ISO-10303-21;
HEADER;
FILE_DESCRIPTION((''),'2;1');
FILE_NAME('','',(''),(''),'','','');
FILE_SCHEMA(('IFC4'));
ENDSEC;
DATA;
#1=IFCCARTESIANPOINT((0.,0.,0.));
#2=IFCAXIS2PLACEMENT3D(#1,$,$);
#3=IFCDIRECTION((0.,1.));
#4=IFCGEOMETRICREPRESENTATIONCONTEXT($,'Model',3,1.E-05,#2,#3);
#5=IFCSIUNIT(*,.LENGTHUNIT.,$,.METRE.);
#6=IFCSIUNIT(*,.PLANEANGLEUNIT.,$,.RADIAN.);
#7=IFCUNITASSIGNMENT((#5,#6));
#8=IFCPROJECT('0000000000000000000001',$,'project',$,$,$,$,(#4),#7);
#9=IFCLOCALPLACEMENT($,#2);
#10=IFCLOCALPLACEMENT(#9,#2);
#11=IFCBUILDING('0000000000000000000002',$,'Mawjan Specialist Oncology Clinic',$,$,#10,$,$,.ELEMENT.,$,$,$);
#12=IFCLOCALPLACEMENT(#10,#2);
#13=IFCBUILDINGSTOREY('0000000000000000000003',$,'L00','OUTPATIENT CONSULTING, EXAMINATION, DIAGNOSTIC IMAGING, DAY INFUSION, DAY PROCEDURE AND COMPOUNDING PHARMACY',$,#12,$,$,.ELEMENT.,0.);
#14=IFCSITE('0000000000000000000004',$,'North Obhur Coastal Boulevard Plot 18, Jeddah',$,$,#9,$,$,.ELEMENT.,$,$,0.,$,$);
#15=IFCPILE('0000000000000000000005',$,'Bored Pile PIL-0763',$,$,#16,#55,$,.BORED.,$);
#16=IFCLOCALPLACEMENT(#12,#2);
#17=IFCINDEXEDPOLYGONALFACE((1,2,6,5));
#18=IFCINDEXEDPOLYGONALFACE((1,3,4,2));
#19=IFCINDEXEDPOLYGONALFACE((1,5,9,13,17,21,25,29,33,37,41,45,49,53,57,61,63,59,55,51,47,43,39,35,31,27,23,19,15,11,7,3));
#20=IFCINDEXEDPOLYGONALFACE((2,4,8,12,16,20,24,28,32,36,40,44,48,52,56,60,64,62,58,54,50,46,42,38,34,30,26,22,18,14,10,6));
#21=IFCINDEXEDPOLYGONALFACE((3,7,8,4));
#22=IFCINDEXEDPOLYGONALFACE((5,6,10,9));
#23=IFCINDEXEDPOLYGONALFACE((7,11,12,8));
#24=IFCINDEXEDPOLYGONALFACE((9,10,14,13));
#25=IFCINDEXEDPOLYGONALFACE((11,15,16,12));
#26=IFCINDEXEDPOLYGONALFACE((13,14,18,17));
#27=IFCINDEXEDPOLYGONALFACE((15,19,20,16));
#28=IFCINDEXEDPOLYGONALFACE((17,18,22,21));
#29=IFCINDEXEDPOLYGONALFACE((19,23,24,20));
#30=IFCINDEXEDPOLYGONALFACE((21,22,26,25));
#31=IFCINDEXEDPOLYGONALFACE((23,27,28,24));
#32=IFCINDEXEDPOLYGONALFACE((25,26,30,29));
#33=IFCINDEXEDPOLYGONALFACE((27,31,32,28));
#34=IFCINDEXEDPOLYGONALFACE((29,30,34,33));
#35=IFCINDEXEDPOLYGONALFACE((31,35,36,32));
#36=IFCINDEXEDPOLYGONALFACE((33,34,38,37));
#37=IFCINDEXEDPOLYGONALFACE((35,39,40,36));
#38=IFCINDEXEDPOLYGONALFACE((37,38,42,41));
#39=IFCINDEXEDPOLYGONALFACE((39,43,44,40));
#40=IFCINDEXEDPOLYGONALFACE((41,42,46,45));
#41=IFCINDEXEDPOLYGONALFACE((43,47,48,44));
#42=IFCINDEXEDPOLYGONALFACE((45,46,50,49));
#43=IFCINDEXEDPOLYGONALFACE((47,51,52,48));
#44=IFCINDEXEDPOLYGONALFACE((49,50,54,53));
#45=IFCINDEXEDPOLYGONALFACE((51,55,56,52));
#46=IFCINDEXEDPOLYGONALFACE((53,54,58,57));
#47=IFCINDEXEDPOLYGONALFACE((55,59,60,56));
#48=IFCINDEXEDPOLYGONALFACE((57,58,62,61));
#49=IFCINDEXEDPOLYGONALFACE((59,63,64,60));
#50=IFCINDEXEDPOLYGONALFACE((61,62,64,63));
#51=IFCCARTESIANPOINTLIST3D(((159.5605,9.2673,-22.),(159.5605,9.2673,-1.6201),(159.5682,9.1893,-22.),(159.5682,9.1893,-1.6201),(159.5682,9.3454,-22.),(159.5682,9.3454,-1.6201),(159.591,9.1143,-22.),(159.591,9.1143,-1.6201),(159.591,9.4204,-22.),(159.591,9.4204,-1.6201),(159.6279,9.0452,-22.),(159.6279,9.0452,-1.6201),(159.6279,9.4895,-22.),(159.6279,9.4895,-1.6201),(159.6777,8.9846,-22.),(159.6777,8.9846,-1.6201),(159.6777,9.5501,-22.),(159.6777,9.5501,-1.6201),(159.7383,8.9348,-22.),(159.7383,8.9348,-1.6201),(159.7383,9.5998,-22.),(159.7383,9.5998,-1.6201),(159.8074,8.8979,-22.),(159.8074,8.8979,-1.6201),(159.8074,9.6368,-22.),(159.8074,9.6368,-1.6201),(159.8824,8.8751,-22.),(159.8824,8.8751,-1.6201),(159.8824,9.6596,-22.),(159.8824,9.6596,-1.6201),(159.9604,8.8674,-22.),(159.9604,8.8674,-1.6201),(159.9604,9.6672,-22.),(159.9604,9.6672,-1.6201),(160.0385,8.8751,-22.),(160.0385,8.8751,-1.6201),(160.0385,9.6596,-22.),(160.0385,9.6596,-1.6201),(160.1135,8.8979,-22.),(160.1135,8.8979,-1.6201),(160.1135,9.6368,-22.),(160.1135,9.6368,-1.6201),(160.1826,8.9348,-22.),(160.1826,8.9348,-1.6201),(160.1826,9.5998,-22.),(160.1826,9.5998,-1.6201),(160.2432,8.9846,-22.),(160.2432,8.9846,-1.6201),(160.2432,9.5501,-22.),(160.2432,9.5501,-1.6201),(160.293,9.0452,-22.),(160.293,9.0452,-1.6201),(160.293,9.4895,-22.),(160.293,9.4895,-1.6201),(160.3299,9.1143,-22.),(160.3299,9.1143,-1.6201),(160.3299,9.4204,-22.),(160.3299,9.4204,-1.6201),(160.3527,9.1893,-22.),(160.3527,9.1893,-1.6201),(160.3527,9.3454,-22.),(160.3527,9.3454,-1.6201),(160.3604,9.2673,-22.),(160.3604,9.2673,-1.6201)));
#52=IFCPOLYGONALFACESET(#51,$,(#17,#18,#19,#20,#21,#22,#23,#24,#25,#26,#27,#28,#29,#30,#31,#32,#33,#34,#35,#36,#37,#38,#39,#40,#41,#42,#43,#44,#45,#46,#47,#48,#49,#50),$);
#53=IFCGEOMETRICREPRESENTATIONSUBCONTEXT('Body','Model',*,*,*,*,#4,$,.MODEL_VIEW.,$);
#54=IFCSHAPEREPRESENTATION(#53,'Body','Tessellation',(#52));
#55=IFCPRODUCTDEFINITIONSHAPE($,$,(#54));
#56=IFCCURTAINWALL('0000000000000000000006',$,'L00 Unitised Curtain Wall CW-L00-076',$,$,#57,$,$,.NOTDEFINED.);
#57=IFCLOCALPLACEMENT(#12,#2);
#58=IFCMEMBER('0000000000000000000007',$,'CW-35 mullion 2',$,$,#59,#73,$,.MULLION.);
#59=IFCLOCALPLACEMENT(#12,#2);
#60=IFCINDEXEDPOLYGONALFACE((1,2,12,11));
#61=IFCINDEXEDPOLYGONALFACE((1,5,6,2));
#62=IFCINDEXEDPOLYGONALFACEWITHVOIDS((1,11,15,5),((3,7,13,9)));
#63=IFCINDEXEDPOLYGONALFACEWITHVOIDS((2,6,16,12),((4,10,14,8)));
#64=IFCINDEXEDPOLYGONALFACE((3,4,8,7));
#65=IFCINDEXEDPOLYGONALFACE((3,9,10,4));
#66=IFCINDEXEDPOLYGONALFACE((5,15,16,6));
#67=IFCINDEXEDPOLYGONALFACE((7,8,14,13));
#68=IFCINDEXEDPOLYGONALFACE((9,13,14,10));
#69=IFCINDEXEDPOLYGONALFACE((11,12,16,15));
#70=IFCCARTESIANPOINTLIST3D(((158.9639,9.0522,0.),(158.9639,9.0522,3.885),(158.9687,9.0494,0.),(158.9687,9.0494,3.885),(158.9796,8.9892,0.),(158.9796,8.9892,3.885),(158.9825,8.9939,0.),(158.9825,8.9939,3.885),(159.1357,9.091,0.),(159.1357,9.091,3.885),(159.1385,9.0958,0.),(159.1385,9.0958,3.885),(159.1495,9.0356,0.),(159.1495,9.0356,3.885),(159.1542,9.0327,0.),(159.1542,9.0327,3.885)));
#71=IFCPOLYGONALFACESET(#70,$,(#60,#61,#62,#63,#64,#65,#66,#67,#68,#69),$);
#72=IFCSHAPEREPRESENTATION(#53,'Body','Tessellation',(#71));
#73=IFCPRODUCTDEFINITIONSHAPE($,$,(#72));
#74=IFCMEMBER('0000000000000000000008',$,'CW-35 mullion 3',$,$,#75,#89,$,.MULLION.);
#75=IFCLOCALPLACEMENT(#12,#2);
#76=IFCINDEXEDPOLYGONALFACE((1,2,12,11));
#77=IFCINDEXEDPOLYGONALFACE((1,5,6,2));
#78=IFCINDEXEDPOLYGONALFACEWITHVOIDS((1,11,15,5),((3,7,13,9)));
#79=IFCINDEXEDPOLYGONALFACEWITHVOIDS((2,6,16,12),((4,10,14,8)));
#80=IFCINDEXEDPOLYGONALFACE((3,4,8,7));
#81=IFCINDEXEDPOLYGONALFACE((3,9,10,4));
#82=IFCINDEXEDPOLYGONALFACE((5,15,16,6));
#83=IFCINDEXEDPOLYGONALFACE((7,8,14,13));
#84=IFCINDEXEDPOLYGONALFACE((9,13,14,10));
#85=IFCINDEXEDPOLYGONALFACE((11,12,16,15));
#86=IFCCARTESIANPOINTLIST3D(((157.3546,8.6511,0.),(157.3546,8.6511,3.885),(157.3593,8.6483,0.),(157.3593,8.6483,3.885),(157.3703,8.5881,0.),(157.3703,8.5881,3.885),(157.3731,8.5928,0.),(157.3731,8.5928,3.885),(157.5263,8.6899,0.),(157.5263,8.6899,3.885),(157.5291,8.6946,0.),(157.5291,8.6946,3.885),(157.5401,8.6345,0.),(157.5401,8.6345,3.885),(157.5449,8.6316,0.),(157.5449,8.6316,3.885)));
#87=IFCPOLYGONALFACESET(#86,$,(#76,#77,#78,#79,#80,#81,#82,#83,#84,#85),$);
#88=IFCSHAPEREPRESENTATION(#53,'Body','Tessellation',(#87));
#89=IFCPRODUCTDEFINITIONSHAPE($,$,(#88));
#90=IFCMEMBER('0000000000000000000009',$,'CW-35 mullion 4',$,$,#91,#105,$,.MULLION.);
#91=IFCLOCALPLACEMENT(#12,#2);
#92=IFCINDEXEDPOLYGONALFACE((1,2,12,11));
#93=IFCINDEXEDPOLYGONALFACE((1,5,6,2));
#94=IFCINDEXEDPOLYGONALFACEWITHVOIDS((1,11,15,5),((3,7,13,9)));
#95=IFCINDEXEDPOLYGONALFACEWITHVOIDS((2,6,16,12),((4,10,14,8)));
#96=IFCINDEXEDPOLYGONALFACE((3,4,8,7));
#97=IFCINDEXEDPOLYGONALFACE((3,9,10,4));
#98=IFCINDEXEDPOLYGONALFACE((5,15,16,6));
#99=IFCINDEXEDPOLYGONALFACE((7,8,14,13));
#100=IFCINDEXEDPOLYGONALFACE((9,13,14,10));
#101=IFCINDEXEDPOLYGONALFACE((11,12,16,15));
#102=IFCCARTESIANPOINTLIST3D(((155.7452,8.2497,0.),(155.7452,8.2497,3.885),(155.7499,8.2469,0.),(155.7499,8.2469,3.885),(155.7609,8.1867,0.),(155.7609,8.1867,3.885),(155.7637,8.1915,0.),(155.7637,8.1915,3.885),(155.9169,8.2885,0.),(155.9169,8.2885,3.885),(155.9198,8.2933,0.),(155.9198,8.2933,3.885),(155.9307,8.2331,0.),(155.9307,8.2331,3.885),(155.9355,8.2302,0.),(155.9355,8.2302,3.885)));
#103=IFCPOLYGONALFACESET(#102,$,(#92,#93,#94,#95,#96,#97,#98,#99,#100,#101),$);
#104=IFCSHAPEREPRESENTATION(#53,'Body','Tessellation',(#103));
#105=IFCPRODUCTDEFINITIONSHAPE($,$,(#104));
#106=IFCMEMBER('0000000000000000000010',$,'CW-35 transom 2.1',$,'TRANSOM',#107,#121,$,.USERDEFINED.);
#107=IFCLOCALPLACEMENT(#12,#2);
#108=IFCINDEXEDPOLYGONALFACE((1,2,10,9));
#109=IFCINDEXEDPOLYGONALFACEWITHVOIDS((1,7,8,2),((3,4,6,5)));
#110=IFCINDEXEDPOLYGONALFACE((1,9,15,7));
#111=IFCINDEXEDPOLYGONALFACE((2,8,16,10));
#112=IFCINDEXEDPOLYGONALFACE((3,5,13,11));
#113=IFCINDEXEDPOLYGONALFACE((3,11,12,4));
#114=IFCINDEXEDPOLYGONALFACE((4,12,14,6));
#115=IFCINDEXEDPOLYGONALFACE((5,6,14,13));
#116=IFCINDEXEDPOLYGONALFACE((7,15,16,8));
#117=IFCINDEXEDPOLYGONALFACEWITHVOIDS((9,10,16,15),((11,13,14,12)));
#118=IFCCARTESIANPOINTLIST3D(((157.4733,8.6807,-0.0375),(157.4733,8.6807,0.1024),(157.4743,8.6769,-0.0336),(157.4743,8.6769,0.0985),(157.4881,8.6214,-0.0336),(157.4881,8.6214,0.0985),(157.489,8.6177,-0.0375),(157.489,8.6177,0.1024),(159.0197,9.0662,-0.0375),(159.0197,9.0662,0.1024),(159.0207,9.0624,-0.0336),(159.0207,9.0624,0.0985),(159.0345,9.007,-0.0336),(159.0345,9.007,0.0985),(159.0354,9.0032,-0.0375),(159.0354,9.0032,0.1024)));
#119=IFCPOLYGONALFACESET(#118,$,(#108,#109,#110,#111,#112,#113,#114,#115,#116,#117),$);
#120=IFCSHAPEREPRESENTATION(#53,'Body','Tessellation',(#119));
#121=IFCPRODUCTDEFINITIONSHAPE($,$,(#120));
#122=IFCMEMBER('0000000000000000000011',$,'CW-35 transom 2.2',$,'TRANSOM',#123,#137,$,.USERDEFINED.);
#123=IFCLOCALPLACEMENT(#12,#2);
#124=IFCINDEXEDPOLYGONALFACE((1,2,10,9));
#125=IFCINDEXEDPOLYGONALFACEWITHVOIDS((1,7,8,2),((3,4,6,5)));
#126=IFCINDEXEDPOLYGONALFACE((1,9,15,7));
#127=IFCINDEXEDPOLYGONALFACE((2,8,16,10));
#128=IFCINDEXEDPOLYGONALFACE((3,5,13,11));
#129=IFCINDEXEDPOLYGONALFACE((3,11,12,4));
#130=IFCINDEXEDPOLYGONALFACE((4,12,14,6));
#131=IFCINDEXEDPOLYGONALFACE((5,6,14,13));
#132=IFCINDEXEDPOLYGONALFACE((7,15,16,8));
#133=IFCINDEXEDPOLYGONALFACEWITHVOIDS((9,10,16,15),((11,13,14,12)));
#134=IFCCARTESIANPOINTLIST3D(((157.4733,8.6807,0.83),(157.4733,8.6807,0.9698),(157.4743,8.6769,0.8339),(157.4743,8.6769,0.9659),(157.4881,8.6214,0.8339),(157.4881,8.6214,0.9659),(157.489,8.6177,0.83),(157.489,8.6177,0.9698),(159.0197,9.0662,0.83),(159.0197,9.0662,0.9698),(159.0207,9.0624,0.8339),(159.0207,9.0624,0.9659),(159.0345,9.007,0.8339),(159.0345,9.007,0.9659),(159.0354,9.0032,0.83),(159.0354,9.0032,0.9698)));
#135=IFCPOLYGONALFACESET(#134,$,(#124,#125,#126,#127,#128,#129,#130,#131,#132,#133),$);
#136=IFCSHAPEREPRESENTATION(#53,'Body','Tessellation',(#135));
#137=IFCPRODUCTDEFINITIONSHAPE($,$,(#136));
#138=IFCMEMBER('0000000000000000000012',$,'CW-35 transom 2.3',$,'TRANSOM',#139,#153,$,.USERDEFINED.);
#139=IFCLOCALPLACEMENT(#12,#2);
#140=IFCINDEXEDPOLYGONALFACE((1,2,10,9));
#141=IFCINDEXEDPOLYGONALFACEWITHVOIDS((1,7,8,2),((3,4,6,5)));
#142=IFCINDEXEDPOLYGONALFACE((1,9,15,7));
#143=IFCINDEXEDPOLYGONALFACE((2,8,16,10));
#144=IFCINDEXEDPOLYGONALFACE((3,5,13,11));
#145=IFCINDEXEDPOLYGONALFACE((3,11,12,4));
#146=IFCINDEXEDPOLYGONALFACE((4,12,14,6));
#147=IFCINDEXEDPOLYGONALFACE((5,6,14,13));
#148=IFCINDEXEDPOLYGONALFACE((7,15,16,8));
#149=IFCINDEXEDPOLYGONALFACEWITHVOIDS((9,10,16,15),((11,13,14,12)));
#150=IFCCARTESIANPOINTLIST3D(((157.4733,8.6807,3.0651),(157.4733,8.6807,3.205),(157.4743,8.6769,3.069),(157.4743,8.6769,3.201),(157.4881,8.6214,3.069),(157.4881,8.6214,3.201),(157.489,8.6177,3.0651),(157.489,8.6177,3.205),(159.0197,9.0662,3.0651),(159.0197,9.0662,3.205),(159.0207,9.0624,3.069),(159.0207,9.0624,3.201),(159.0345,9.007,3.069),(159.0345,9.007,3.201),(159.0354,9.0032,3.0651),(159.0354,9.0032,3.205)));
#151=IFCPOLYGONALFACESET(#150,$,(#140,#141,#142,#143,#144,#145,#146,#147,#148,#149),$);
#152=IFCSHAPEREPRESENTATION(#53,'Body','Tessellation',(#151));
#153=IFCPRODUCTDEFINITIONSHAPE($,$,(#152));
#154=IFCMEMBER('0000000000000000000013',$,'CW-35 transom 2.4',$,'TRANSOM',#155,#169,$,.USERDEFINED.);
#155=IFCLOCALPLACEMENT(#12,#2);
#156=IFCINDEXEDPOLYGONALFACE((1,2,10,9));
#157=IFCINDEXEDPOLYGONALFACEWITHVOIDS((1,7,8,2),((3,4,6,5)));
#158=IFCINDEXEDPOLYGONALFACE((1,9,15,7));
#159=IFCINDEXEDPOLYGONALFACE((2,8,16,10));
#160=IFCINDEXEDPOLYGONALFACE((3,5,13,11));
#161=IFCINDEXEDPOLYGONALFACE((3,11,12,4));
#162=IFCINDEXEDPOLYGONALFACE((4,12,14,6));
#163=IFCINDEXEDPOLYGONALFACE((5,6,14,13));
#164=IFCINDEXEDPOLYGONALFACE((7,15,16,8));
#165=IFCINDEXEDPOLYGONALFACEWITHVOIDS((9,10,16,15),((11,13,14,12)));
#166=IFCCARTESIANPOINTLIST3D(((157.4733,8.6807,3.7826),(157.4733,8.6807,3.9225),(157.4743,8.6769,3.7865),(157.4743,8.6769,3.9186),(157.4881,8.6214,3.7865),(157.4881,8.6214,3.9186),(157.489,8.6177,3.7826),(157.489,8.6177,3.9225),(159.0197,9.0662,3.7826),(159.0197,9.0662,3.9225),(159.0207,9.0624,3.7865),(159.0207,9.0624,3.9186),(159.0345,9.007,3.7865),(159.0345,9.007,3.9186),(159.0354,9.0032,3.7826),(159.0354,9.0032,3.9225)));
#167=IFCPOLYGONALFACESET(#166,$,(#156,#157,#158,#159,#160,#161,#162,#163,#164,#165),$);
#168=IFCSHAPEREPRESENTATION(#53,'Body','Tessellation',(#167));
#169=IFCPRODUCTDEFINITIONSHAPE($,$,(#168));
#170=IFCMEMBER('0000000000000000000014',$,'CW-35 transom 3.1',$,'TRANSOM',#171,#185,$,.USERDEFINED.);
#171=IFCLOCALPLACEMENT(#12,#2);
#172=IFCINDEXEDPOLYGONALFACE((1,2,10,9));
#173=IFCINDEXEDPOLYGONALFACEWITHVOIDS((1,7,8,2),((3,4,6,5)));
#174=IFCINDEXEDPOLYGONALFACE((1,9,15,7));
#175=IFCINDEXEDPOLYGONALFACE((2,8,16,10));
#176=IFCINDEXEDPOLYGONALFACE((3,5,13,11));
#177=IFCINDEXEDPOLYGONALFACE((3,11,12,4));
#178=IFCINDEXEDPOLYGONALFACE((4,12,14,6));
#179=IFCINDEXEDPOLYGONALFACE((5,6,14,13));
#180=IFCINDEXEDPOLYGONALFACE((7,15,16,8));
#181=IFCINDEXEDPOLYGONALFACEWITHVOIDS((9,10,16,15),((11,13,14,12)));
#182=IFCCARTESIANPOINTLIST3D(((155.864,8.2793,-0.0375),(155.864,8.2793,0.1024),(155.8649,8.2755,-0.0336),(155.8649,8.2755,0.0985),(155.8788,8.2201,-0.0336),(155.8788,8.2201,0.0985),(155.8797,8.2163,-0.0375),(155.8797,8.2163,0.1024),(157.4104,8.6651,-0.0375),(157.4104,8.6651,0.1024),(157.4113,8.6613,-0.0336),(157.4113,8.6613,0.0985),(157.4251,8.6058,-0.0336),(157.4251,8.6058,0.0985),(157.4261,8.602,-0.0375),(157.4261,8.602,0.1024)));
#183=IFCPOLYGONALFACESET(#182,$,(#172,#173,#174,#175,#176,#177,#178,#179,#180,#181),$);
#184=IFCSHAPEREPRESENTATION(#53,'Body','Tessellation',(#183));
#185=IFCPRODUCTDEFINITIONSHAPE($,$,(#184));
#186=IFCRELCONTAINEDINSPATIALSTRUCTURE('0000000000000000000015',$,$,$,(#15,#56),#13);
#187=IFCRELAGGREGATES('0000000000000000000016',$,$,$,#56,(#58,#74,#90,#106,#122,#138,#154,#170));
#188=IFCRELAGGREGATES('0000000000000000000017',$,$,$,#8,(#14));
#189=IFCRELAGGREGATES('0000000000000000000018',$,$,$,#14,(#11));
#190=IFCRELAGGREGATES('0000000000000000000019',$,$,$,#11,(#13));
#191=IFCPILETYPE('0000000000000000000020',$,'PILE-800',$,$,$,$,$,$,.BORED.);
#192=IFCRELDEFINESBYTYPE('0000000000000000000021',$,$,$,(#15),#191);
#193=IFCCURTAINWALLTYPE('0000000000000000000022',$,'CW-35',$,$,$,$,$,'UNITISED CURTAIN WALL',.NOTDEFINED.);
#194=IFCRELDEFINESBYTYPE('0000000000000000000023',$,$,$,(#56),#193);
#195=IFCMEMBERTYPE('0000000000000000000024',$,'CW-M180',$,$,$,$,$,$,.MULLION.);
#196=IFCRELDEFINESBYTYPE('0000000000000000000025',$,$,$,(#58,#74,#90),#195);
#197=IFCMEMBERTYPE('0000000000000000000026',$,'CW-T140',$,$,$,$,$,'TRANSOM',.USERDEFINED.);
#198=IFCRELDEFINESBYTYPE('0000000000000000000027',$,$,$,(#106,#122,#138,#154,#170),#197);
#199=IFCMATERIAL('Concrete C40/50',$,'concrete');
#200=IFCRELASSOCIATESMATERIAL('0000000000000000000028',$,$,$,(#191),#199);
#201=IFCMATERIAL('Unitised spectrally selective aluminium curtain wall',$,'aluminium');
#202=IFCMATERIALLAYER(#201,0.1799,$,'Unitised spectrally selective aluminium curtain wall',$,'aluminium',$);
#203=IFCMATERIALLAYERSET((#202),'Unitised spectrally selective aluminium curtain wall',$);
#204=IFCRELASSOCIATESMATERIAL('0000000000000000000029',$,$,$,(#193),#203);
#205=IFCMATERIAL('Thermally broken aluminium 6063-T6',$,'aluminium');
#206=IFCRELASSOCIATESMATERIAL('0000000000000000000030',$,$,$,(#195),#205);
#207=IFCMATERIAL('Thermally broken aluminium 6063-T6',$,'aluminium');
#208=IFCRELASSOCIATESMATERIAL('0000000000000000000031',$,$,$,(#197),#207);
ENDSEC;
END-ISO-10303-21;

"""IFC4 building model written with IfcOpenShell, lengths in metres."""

from ifc_helpers import new_model, si_unit, direction, frame, origin, origin_2d, place, context, subcontext, project, spatial, hollow_rectangle, circle, extrude, material, layer, layer_set, material_profile, profile_set, type_object, element, aggregate, save


model = new_model("IFC4")

# Units and contexts
model_context = context("Model", 3, precision=1e-05, world=origin(), true_north=direction((0.0, 1.0)))
body_context = subcontext(model_context, "Body", "Model", "MODEL_VIEW")
ifc_project = project(units=[si_unit("LENGTHUNIT", "METRE"), si_unit("PLANEANGLEUNIT", "RADIAN")], contexts=[model_context])

# Site, building, storey
site_placement = place(None, origin())
site = spatial("IfcSite", under=ifc_project, at=site_placement, Name="North Obhur Coastal Boulevard Plot 18, Jeddah", CompositionType="ELEMENT", RefElevation=0.0)
building_placement = place(site_placement, origin())
building = spatial("IfcBuilding", under=site, at=building_placement, Name="Mawjan Specialist Oncology Clinic", CompositionType="ELEMENT")
storey_placement = place(building_placement, origin())
storey = spatial("IfcBuildingStorey", under=building, at=storey_placement, Name="L00", Description="OUTPATIENT CONSULTING, EXAMINATION, DIAGNOSTIC IMAGING, DAY INFUSION, DAY PROCEDURE AND COMPOUNDING PHARMACY", CompositionType="ELEMENT", Elevation=0.0)

# Pile
ifc_material_1 = material(Name="Concrete C40/50", Category="concrete")
ifc_material_profile_1 = material_profile(ifc_material_1, circle(Radius=0.3999, at=origin_2d()), Name="BORED PILE D800", Category="concrete")
ifc_profile_set_1 = profile_set([ifc_material_profile_1], Name="Concrete C40/50")
pile_type = type_object("IfcPileType", Name="PILE-800", PredefinedType="BORED", material=ifc_profile_set_1)
pile_placement = place(storey_placement, frame((159.9604, 9.2673, -1.6201), z_axis=(0.0, 0.0, -1.0), x_axis=(1.0, 0.0, 0.0)))
element("IfcPile", 1, at=pile_placement, inside=storey, type_object=pile_type, Name="Bored Pile PIL-0763", PredefinedType="BORED", context=body_context, shape_type="SweptSolid", body=[
    extrude(circle(Radius=0.3999, at=origin_2d()), origin(), (0.0, 0.0, 1.0), 20.3799),
])

# Curtain wall, members
ifc_material_2 = material(Name="Unitised spectrally selective aluminium curtain wall", Category="aluminium")
ifc_layer_1 = layer(ifc_material_2, 0.1799, Name="Unitised spectrally selective aluminium curtain wall", Category="aluminium")
ifc_layer_set_1 = layer_set([ifc_layer_1], Name="Unitised spectrally selective aluminium curtain wall")
curtain_wall_type = type_object("IfcCurtainWallType", Name="CW-35", ElementType="UNITISED CURTAIN WALL", PredefinedType="NOTDEFINED", material=ifc_layer_set_1)
curtain_wall_placement = place(storey_placement, origin())
curtain_wall = element("IfcCurtainWall", 2, at=curtain_wall_placement, inside=storey, type_object=curtain_wall_type, Name="L00 Unitised Curtain Wall CW-L00-076", PredefinedType="NOTDEFINED")
ifc_material_3 = material(Name="Thermally broken aluminium 6063-T6", Category="aluminium")
ifc_material_profile_2 = material_profile(ifc_material_3, hollow_rectangle(XDim=0.0649, YDim=0.1799, WallThickness=0.0039, at=origin_2d()), Name="ALU MULLION 180x65x4", Category="aluminium")
ifc_profile_set_2 = profile_set([ifc_material_profile_2], Name="Thermally broken aluminium 6063-T6")
member_type_1 = type_object("IfcMemberType", Name="CW-M180", PredefinedType="MULLION", material=ifc_profile_set_2)
member_1_placement = place(storey_placement, frame((159.0591, 9.0425, 0.0), z_axis=(0.0, 0.0, 1.0), x_axis=(0.241922, -0.970296, 0.0)))
member_1 = element("IfcMember", 3, at=member_1_placement, type_object=member_type_1, Name="CW-35 mullion 2", PredefinedType="MULLION", context=body_context, shape_type="SweptSolid", body=[
    extrude(hollow_rectangle(XDim=0.0649, YDim=0.1799, WallThickness=0.0039, at=origin_2d()), origin(), (0.0, 0.0, 1.0), 3.885),
])
member_2_placement = place(storey_placement, frame((157.4497, 8.6414, 0.0), z_axis=(0.0, 0.0, 1.0), x_axis=(0.241922, -0.970296, 0.0)))
member_2 = element("IfcMember", 4, at=member_2_placement, type_object=member_type_1, Name="CW-35 mullion 3", PredefinedType="MULLION", context=body_context, shape_type="SweptSolid", body=[
    extrude(hollow_rectangle(XDim=0.0649, YDim=0.1799, WallThickness=0.0039, at=origin_2d()), origin(), (0.0, 0.0, 1.0), 3.885),
])
member_3_placement = place(storey_placement, frame((155.8403, 8.24, 0.0), z_axis=(0.0, 0.0, 1.0), x_axis=(0.241922, -0.970296, 0.0)))
member_3 = element("IfcMember", 5, at=member_3_placement, type_object=member_type_1, Name="CW-35 mullion 4", PredefinedType="MULLION", context=body_context, shape_type="SweptSolid", body=[
    extrude(hollow_rectangle(XDim=0.0649, YDim=0.1799, WallThickness=0.0039, at=origin_2d()), origin(), (0.0, 0.0, 1.0), 3.885),
])
ifc_material_4 = material(Name="Thermally broken aluminium 6063-T6", Category="aluminium")
ifc_material_profile_3 = material_profile(ifc_material_4, hollow_rectangle(XDim=0.0649, YDim=0.1399, WallThickness=0.0039, at=origin_2d()), Name="ALU TRANSOM 140x65x4", Category="aluminium")
ifc_profile_set_3 = profile_set([ifc_material_profile_3], Name="Thermally broken aluminium 6063-T6")
member_type_2 = type_object("IfcMemberType", Name="CW-T140", ElementType="TRANSOM", PredefinedType="USERDEFINED", material=ifc_profile_set_3)
member_4_placement = place(storey_placement, frame((159.0276, 9.0347, 0.0325), z_axis=(-0.970304, -0.241887, 0.0), x_axis=(0.241887, -0.970304, 0.0)))
member_4 = element("IfcMember", 6, at=member_4_placement, type_object=member_type_2, Name="CW-35 transom 2.1", ObjectType="TRANSOM", PredefinedType="USERDEFINED", context=body_context, shape_type="SweptSolid", body=[
    extrude(hollow_rectangle(XDim=0.0649, YDim=0.1399, WallThickness=0.0039, at=origin_2d()), origin(), (0.0, 0.0, 1.0), 1.5938),
])
member_5_placement = place(storey_placement, frame((159.0276, 9.0347, 0.8999), z_axis=(-0.970304, -0.241887, 0.0), x_axis=(0.241887, -0.970304, 0.0)))
member_5 = element("IfcMember", 7, at=member_5_placement, type_object=member_type_2, Name="CW-35 transom 2.2", ObjectType="TRANSOM", PredefinedType="USERDEFINED", context=body_context, shape_type="SweptSolid", body=[
    extrude(hollow_rectangle(XDim=0.0649, YDim=0.1399, WallThickness=0.0039, at=origin_2d()), origin(), (0.0, 0.0, 1.0), 1.5938),
])
member_6_placement = place(storey_placement, frame((159.0276, 9.0347, 3.135), z_axis=(-0.970304, -0.241887, 0.0), x_axis=(0.241887, -0.970304, 0.0)))
member_6 = element("IfcMember", 8, at=member_6_placement, type_object=member_type_2, Name="CW-35 transom 2.3", ObjectType="TRANSOM", PredefinedType="USERDEFINED", context=body_context, shape_type="SweptSolid", body=[
    extrude(hollow_rectangle(XDim=0.0649, YDim=0.1399, WallThickness=0.0039, at=origin_2d()), origin(), (0.0, 0.0, 1.0), 1.5938),
])
member_7_placement = place(storey_placement, frame((159.0276, 9.0347, 3.8525), z_axis=(-0.970304, -0.241887, 0.0), x_axis=(0.241887, -0.970304, 0.0)))
member_7 = element("IfcMember", 9, at=member_7_placement, type_object=member_type_2, Name="CW-35 transom 2.4", ObjectType="TRANSOM", PredefinedType="USERDEFINED", context=body_context, shape_type="SweptSolid", body=[
    extrude(hollow_rectangle(XDim=0.0649, YDim=0.1399, WallThickness=0.0039, at=origin_2d()), origin(), (0.0, 0.0, 1.0), 1.5938),
])
member_8_placement = place(storey_placement, frame((157.4182, 8.6335, 0.0325), z_axis=(-0.970269, -0.242031, 0.0), x_axis=(0.242031, -0.970269, 0.0)))
member_8 = element("IfcMember", 10, at=member_8_placement, type_object=member_type_2, Name="CW-35 transom 3.1", ObjectType="TRANSOM", PredefinedType="USERDEFINED", context=body_context, shape_type="SweptSolid", body=[
    extrude(hollow_rectangle(XDim=0.0649, YDim=0.1399, WallThickness=0.0039, at=origin_2d()), origin(), (0.0, 0.0, 1.0), 1.5938),
])
aggregate(curtain_wall, [member_1, member_2, member_3, member_4, member_5, member_6, member_7, member_8])

save(model, "model.ifc")
